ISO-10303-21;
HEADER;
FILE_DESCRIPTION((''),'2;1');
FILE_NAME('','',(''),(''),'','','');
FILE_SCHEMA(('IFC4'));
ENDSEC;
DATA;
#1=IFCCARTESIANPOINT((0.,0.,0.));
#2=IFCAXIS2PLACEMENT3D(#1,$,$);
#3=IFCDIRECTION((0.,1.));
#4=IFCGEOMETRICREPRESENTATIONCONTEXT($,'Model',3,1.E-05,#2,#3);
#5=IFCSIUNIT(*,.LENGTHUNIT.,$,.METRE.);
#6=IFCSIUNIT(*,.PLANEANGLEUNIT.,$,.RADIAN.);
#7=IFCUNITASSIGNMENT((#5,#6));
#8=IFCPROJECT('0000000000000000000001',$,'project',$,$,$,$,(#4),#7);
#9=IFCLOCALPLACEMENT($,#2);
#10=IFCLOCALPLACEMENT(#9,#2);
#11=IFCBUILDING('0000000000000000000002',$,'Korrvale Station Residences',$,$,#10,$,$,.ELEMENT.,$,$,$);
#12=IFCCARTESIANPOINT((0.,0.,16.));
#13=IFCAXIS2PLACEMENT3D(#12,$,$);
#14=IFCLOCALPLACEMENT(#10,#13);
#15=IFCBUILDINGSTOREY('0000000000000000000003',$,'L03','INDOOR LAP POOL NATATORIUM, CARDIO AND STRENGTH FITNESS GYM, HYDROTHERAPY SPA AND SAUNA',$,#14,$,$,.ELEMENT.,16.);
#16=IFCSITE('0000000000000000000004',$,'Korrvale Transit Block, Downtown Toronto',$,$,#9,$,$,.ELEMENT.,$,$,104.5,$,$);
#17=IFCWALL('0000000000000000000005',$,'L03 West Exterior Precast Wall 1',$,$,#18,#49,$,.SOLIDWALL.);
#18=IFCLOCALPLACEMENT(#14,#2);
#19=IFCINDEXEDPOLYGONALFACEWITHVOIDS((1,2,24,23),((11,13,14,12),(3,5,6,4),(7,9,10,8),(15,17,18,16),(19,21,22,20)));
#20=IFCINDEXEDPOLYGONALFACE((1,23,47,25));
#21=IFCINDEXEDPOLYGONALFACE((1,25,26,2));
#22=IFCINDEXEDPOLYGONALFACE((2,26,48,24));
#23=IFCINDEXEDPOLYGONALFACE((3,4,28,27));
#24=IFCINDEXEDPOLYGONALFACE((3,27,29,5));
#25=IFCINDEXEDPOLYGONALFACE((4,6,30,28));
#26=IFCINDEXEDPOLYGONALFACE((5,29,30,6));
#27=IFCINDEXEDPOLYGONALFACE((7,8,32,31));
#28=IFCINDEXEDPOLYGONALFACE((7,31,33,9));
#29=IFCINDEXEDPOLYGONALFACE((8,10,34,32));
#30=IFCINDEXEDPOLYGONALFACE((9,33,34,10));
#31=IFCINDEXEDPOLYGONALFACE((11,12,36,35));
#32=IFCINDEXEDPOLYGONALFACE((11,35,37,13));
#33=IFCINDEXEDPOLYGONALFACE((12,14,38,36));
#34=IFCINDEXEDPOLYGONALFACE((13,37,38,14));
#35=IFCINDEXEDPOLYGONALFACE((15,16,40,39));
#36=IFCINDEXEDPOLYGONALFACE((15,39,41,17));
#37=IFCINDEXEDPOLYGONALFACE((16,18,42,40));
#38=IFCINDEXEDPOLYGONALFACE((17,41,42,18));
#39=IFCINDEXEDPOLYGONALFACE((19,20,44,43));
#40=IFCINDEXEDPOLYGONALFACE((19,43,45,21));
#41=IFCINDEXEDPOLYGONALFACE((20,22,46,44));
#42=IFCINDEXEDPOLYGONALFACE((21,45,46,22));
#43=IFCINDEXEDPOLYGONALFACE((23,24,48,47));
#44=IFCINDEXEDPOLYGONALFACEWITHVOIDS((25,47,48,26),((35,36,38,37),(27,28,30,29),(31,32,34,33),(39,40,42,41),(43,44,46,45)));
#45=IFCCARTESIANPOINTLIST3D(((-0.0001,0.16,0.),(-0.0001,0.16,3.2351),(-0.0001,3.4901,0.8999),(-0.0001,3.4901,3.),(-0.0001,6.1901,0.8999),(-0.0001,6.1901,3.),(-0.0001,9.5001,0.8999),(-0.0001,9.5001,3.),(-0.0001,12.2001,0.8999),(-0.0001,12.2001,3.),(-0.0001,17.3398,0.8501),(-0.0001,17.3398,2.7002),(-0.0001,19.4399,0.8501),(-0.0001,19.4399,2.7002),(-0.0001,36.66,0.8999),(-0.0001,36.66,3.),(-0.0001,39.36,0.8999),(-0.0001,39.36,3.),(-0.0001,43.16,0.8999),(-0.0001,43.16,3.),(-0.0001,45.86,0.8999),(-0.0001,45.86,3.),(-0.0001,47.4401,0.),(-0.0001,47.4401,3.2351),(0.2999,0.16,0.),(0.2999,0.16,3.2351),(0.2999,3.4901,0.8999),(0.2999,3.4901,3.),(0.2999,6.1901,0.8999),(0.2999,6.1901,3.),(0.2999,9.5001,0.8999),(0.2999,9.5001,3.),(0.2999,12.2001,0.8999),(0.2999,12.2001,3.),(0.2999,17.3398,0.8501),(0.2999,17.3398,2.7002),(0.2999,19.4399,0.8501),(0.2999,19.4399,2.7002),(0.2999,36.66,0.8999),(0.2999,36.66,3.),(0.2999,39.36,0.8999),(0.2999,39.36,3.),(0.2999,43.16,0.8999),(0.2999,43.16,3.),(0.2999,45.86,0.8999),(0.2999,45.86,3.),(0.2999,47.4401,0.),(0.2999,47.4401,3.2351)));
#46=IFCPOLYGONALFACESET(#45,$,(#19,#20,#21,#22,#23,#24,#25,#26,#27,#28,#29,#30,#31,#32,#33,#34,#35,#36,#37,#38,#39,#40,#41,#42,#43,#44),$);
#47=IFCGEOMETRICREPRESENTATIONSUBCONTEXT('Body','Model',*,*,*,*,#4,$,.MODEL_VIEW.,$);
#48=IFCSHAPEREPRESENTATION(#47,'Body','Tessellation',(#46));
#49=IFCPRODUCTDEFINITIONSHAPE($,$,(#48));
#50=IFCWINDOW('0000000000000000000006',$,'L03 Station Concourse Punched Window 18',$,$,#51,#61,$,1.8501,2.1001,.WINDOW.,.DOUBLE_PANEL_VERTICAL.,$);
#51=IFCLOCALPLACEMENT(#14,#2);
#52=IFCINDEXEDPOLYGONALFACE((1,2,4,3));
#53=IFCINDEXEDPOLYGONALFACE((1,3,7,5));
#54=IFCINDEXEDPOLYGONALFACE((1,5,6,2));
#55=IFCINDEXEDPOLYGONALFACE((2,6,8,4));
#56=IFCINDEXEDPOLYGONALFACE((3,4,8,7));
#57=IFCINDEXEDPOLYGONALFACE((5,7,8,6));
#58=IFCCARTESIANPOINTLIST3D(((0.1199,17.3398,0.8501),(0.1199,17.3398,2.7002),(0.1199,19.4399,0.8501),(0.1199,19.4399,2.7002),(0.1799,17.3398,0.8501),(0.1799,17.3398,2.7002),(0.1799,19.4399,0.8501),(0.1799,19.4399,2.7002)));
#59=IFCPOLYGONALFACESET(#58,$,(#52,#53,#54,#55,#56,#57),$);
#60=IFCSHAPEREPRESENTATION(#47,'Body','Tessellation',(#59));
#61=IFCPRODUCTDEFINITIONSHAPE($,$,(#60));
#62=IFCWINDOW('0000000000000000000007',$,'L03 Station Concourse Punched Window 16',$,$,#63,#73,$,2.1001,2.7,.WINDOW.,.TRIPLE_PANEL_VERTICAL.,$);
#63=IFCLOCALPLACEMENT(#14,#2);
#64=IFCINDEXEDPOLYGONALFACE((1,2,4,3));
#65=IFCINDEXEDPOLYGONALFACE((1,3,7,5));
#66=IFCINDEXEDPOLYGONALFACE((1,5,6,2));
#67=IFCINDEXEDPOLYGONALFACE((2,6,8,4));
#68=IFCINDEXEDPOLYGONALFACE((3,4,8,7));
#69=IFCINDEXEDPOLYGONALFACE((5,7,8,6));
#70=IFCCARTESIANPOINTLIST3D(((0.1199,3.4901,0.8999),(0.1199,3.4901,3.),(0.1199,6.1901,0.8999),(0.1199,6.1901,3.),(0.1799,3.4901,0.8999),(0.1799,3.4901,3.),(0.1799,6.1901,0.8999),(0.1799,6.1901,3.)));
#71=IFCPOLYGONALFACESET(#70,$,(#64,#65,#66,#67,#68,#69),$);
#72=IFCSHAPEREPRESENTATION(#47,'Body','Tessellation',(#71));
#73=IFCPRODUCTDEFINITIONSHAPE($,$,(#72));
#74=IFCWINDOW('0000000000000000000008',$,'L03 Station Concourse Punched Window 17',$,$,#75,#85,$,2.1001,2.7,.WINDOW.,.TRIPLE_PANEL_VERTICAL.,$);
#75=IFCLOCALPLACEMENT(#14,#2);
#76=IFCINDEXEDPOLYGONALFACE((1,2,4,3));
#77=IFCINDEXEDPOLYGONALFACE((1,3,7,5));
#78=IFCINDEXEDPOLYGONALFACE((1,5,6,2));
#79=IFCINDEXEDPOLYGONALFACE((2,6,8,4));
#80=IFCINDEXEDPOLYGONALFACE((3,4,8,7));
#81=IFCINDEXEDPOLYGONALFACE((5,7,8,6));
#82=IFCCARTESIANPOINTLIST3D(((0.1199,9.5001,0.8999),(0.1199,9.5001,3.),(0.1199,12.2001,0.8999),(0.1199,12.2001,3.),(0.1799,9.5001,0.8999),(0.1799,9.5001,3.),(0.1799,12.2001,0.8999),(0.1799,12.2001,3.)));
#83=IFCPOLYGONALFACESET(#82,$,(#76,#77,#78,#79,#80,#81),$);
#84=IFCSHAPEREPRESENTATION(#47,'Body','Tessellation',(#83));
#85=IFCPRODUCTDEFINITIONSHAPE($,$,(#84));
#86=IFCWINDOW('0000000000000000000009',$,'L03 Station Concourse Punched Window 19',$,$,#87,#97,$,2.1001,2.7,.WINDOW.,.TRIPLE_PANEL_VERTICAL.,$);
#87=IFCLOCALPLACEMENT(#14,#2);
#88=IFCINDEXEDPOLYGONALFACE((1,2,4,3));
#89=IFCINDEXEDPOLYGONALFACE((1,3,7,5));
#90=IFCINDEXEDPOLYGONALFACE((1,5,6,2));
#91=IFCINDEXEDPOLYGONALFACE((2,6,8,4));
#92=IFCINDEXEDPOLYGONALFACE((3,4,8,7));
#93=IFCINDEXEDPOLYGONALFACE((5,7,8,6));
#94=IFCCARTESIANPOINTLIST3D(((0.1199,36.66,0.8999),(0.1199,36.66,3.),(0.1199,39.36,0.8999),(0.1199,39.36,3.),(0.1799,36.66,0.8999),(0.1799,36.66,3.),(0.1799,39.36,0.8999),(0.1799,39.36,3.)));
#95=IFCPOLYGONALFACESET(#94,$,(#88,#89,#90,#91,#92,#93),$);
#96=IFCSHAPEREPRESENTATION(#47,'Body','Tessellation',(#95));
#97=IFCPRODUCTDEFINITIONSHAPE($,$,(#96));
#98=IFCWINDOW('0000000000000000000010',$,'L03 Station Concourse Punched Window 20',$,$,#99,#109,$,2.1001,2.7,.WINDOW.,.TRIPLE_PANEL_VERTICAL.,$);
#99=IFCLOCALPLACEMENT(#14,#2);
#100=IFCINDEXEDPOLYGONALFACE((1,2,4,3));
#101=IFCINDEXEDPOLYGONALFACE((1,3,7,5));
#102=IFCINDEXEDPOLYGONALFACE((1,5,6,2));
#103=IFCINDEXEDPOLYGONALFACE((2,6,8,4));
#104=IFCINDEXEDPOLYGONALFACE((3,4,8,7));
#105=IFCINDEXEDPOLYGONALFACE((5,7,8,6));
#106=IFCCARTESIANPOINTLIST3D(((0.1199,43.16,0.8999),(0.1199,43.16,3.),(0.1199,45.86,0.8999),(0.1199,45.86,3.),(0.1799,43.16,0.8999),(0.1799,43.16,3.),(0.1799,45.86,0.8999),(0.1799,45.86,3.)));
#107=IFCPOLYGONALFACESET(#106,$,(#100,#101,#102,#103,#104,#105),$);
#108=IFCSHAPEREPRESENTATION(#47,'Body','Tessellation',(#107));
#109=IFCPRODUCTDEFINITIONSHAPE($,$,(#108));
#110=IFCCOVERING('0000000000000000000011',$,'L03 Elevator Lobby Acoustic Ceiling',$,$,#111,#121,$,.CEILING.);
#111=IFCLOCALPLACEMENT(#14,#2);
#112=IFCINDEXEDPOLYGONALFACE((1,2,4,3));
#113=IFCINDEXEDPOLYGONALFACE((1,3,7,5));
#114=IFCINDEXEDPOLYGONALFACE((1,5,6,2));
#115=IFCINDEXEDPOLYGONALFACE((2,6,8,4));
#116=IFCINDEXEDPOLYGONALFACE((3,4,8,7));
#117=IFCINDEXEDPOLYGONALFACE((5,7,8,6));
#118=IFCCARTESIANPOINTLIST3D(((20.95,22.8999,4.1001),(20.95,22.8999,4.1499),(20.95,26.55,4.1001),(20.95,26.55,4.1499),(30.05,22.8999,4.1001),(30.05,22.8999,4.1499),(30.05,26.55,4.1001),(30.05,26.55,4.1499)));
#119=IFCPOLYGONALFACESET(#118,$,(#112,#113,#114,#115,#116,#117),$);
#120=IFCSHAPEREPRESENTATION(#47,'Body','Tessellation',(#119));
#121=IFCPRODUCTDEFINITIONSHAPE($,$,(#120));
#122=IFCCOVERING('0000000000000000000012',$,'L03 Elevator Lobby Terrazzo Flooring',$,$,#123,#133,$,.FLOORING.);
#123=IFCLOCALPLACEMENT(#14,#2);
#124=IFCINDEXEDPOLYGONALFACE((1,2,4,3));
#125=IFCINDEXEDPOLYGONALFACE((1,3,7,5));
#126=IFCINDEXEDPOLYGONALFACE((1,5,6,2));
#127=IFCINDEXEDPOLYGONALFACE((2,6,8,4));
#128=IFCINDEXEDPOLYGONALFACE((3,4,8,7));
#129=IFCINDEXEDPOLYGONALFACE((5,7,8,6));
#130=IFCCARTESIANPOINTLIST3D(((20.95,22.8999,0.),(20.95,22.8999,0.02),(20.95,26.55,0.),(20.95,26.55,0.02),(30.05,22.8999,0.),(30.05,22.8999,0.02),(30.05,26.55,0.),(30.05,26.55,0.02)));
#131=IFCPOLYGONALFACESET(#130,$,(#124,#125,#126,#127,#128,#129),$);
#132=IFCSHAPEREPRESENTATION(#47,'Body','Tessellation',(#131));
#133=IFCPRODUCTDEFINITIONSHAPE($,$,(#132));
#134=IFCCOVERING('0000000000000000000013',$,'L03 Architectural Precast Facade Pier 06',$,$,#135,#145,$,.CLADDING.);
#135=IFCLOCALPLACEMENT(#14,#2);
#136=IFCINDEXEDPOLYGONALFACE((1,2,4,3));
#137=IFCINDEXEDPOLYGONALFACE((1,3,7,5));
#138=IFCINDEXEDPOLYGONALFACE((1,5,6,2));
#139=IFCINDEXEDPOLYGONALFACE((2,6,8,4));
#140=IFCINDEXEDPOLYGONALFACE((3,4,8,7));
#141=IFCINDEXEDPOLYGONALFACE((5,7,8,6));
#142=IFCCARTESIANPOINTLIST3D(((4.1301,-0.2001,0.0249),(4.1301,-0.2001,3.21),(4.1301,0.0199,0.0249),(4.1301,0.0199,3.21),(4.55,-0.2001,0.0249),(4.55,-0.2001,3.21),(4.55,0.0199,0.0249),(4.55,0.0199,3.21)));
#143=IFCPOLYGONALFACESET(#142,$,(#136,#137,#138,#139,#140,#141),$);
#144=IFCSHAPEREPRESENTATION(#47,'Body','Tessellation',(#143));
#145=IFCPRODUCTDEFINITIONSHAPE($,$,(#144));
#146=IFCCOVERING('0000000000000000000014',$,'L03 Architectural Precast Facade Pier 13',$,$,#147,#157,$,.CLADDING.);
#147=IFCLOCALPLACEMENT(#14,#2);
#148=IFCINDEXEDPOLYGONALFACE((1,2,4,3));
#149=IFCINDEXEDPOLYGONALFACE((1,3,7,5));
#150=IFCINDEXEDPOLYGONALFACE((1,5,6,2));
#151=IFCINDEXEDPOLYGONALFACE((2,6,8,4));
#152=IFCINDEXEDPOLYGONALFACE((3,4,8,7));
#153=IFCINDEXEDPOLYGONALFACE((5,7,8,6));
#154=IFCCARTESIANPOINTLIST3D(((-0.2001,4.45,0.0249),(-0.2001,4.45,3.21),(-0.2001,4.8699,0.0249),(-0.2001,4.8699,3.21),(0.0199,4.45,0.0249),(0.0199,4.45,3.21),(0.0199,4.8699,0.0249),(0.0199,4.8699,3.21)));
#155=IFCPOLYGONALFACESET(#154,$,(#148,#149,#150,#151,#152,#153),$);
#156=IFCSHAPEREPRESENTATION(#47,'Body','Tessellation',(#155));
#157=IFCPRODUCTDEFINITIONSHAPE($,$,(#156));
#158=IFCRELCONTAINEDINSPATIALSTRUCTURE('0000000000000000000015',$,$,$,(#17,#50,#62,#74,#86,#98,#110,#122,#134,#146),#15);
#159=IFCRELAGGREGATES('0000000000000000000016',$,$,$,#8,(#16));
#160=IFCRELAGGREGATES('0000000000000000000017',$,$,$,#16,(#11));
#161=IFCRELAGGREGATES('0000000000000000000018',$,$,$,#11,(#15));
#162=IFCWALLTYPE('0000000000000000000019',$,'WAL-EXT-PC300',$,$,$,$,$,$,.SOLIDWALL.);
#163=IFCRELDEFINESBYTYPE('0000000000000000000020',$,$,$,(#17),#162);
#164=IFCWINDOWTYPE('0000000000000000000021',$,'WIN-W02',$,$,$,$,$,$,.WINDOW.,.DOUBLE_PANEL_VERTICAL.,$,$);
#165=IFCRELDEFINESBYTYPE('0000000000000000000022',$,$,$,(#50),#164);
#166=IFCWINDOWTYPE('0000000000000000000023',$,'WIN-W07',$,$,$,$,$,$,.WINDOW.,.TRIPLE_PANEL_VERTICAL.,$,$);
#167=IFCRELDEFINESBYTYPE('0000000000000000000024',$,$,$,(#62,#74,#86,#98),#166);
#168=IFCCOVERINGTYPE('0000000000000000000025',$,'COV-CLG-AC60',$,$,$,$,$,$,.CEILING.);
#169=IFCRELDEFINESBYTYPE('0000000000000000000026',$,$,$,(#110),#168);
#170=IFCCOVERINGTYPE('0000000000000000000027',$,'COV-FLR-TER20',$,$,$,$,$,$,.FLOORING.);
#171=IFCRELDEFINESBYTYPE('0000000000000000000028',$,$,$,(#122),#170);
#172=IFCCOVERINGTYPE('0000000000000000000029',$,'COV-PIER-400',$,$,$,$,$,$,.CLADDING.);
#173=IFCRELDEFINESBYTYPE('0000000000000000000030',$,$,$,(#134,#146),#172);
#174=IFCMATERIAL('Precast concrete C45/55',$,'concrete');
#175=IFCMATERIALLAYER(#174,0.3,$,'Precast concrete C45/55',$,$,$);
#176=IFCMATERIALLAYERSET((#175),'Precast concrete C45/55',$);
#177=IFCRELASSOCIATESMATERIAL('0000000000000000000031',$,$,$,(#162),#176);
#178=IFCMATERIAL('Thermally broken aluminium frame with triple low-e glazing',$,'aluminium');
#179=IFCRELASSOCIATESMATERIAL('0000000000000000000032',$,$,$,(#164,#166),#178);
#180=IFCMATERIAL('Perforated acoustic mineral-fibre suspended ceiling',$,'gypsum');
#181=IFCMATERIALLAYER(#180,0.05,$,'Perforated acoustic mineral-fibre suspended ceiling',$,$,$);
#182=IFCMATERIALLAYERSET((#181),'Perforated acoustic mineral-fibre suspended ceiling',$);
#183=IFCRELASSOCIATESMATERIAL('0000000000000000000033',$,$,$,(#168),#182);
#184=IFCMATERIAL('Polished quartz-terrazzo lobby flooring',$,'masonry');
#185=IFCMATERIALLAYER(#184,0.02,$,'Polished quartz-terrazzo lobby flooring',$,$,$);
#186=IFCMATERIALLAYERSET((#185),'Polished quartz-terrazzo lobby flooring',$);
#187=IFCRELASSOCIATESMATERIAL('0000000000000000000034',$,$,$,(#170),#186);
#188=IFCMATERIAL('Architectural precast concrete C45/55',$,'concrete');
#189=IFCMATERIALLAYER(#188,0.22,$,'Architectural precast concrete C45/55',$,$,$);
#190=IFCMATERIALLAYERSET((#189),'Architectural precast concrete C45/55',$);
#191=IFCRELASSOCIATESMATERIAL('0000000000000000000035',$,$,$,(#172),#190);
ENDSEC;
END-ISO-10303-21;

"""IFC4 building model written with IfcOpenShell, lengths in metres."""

from ifc_helpers import new_model, si_unit, direction, frame, frame_2d, origin, origin_2d, place, context, subcontext, project, spatial, polyline, rectangle, outline, extrude, material, layer, layer_set, type_object, element, fill, save


model = new_model("IFC4")

# Units and contexts
model_context = context("Model", 3, precision=1e-05, world=origin(), true_north=direction((0.0, 1.0)))
body_context = subcontext(model_context, "Body", "Model", "MODEL_VIEW")
ifc_project = project(units=[si_unit("LENGTHUNIT", "METRE"), si_unit("PLANEANGLEUNIT", "RADIAN")], contexts=[model_context])

# Site, building, storey
site_placement = place(None, origin())
site = spatial("IfcSite", under=ifc_project, at=site_placement, Name="Korrvale Transit Block, Downtown Toronto", CompositionType="ELEMENT", RefElevation=104.5)
building_placement = place(site_placement, origin())
building = spatial("IfcBuilding", under=site, at=building_placement, Name="Korrvale Station Residences", CompositionType="ELEMENT")
storey_placement = place(building_placement, frame((0.0, 0.0, 16.0)))
storey = spatial("IfcBuildingStorey", under=building, at=storey_placement, Name="L03", Description="INDOOR LAP POOL NATATORIUM, CARDIO AND STRENGTH FITNESS GYM, HYDROTHERAPY SPA AND SAUNA", CompositionType="ELEMENT", Elevation=16.0)

# Wall, openings, windows
ifc_material_1 = material(Name="Precast concrete C45/55", Category="concrete")
ifc_layer_1 = layer(ifc_material_1, 0.3, Name="Precast concrete C45/55")
ifc_layer_set_1 = layer_set([ifc_layer_1], Name="Precast concrete C45/55")
wall_type_1 = type_object("IfcWallType", Name="WAL-EXT-PC300", PredefinedType="SOLIDWALL", material=ifc_layer_set_1)
wall_1_placement = place(storey_placement, frame((0.1499, 0.1599, 0.0), z_axis=(0.0, 0.0, 1.0), x_axis=(0.0, 1.0, 0.0)))
wall_1 = element("IfcWall", 1, at=wall_1_placement, inside=storey, type_object=wall_type_1, Name="L03 West Exterior Precast Wall 1", PredefinedType="SOLIDWALL", context=body_context, shape_type="SweptSolid", body=[
    extrude(rectangle(XDim=47.28, YDim=0.3, at=frame_2d((23.6401, 0.0))), origin(), (0.0, 0.0, 1.0), 3.2351),
])
opening_1_placement = place(wall_1_placement, frame((3.3301, 0.0, 0.8999)))
opening_1 = element("IfcOpeningElement", 2, at=opening_1_placement, cuts=wall_1, PredefinedType="OPENING", context=body_context, shape_type="SweptSolid", body=[
    extrude(rectangle(XDim=2.7, YDim=2.1001, at=frame_2d((1.3501, 1.05))), frame((0.0, 0.1602, 0.0), z_axis=(0.0, -1.0, 0.0), x_axis=(1.0, 0.0, 0.0)), (0.0, 0.0, 1.0), 0.3201),
])
opening_2_placement = place(wall_1_placement, frame((9.3401, 0.0, 0.8999)))
opening_2 = element("IfcOpeningElement", 3, at=opening_2_placement, cuts=wall_1, PredefinedType="OPENING", context=body_context, shape_type="SweptSolid", body=[
    extrude(rectangle(XDim=2.7, YDim=2.1001, at=frame_2d((1.3501, 1.05))), frame((0.0, 0.1602, 0.0), z_axis=(0.0, -1.0, 0.0), x_axis=(1.0, 0.0, 0.0)), (0.0, 0.0, 1.0), 0.3201),
])
opening_3_placement = place(wall_1_placement, frame((17.1799, 0.0, 0.8501)))
opening_3 = element("IfcOpeningElement", 4, at=opening_3_placement, cuts=wall_1, PredefinedType="OPENING", context=body_context, shape_type="SweptSolid", body=[
    extrude(rectangle(XDim=2.1001, YDim=1.8501, at=frame_2d((1.05, 0.925))), frame((0.0, 0.1602, 0.0), z_axis=(0.0, -1.0, 0.0), x_axis=(1.0, 0.0, 0.0)), (0.0, 0.0, 1.0), 0.3201),
])
opening_4_placement = place(wall_1_placement, frame((36.5, 0.0, 0.8999)))
opening_4 = element("IfcOpeningElement", 5, at=opening_4_placement, cuts=wall_1, PredefinedType="OPENING", context=body_context, shape_type="SweptSolid", body=[
    extrude(rectangle(XDim=2.7, YDim=2.1001, at=frame_2d((1.3501, 1.05))), frame((0.0, 0.1602, 0.0), z_axis=(0.0, -1.0, 0.0), x_axis=(1.0, 0.0, 0.0)), (0.0, 0.0, 1.0), 0.3201),
])
opening_5_placement = place(wall_1_placement, frame((43.0, 0.0, 0.8999)))
opening_5 = element("IfcOpeningElement", 6, at=opening_5_placement, cuts=wall_1, PredefinedType="OPENING", context=body_context, shape_type="SweptSolid", body=[
    extrude(rectangle(XDim=2.7, YDim=2.1001, at=frame_2d((1.3501, 1.05))), frame((0.0, 0.1602, 0.0), z_axis=(0.0, -1.0, 0.0), x_axis=(1.0, 0.0, 0.0)), (0.0, 0.0, 1.0), 0.3201),
])
ifc_material_2 = material(Name="Thermally broken aluminium frame with triple low-e glazing", Category="aluminium")
window_type_1 = type_object("IfcWindowType", Name="WIN-W02", PartitioningType="DOUBLE_PANEL_VERTICAL", PredefinedType="WINDOW", material=ifc_material_2)
window_1_placement = place(opening_3_placement, origin())
window_1 = element("IfcWindow", 7, at=window_1_placement, inside=storey, type_object=window_type_1, Name="L03 Station Concourse Punched Window 18", OverallHeight=1.8501, OverallWidth=2.1001, PartitioningType="DOUBLE_PANEL_VERTICAL", PredefinedType="WINDOW", context=body_context, shape_type="SweptSolid", body=[
    extrude(rectangle(XDim=2.1001, YDim=1.8501, at=frame_2d((1.05, 0.925))), frame((0.0, 0.03, 0.0), z_axis=(0.0, -1.0, 0.0), x_axis=(1.0, 0.0, 0.0)), (0.0, 0.0, 1.0), 0.0601),
])
fill(opening_3, window_1)
window_type_2 = type_object("IfcWindowType", Name="WIN-W07", PartitioningType="TRIPLE_PANEL_VERTICAL", PredefinedType="WINDOW", material=ifc_material_2)
window_2_placement = place(opening_1_placement, origin())
window_2 = element("IfcWindow", 8, at=window_2_placement, inside=storey, type_object=window_type_2, Name="L03 Station Concourse Punched Window 16", OverallHeight=2.1001, OverallWidth=2.7, PartitioningType="TRIPLE_PANEL_VERTICAL", PredefinedType="WINDOW", context=body_context, shape_type="SweptSolid", body=[
    extrude(rectangle(XDim=2.7, YDim=2.1001, at=frame_2d((1.3501, 1.05))), frame((0.0, 0.03, 0.0), z_axis=(0.0, -1.0, 0.0), x_axis=(1.0, 0.0, 0.0)), (0.0, 0.0, 1.0), 0.0601),
])
fill(opening_1, window_2)
window_3_placement = place(opening_2_placement, origin())
window_3 = element("IfcWindow", 9, at=window_3_placement, inside=storey, type_object=window_type_2, Name="L03 Station Concourse Punched Window 17", OverallHeight=2.1001, OverallWidth=2.7, PartitioningType="TRIPLE_PANEL_VERTICAL", PredefinedType="WINDOW", context=body_context, shape_type="SweptSolid", body=[
    extrude(rectangle(XDim=2.7, YDim=2.1001, at=frame_2d((1.3501, 1.05))), frame((0.0, 0.03, 0.0), z_axis=(0.0, -1.0, 0.0), x_axis=(1.0, 0.0, 0.0)), (0.0, 0.0, 1.0), 0.0601),
])
fill(opening_2, window_3)
window_4_placement = place(opening_4_placement, origin())
window_4 = element("IfcWindow", 10, at=window_4_placement, inside=storey, type_object=window_type_2, Name="L03 Station Concourse Punched Window 19", OverallHeight=2.1001, OverallWidth=2.7, PartitioningType="TRIPLE_PANEL_VERTICAL", PredefinedType="WINDOW", context=body_context, shape_type="SweptSolid", body=[
    extrude(rectangle(XDim=2.7, YDim=2.1001, at=frame_2d((1.3501, 1.05))), frame((0.0, 0.03, 0.0), z_axis=(0.0, -1.0, 0.0), x_axis=(1.0, 0.0, 0.0)), (0.0, 0.0, 1.0), 0.0601),
])
fill(opening_4, window_4)
window_5_placement = place(opening_5_placement, origin())
window_5 = element("IfcWindow", 11, at=window_5_placement, inside=storey, type_object=window_type_2, Name="L03 Station Concourse Punched Window 20", OverallHeight=2.1001, OverallWidth=2.7, PartitioningType="TRIPLE_PANEL_VERTICAL", PredefinedType="WINDOW", context=body_context, shape_type="SweptSolid", body=[
    extrude(rectangle(XDim=2.7, YDim=2.1001, at=frame_2d((1.3501, 1.05))), frame((0.0, 0.03, 0.0), z_axis=(0.0, -1.0, 0.0), x_axis=(1.0, 0.0, 0.0)), (0.0, 0.0, 1.0), 0.0601),
])
fill(opening_5, window_5)

# Coverings
ifc_material_3 = material(Name="Perforated acoustic mineral-fibre suspended ceiling", Category="gypsum")
ifc_layer_2 = layer(ifc_material_3, 0.05, Name="Perforated acoustic mineral-fibre suspended ceiling")
ifc_layer_set_2 = layer_set([ifc_layer_2], Name="Perforated acoustic mineral-fibre suspended ceiling")
covering_type_1 = type_object("IfcCoveringType", Name="COV-CLG-AC60", PredefinedType="CEILING", material=ifc_layer_set_2)
covering_1_placement = place(storey_placement, frame((0.0, 0.0, 4.1001)))
element("IfcCovering", 12, at=covering_1_placement, inside=storey, type_object=covering_type_1, Name="L03 Elevator Lobby Acoustic Ceiling", PredefinedType="CEILING", context=body_context, shape_type="SweptSolid", body=[
    extrude(outline(polyline([(20.95, 22.8999), (30.05, 22.8999), (30.05, 26.55), (20.95, 26.55), (20.95, 22.8999)])), origin(), (0.0, 0.0, 1.0), 0.0498),
])
ifc_material_4 = material(Name="Polished quartz-terrazzo lobby flooring", Category="masonry")
ifc_layer_3 = layer(ifc_material_4, 0.02, Name="Polished quartz-terrazzo lobby flooring")
ifc_layer_set_3 = layer_set([ifc_layer_3], Name="Polished quartz-terrazzo lobby flooring")
covering_type_2 = type_object("IfcCoveringType", Name="COV-FLR-TER20", PredefinedType="FLOORING", material=ifc_layer_set_3)
covering_2_placement = place(storey_placement, origin())
element("IfcCovering", 13, at=covering_2_placement, inside=storey, type_object=covering_type_2, Name="L03 Elevator Lobby Terrazzo Flooring", PredefinedType="FLOORING", context=body_context, shape_type="SweptSolid", body=[
    extrude(outline(polyline([(20.95, 22.8999), (30.05, 22.8999), (30.05, 26.55), (20.95, 26.55), (20.95, 22.8999)])), origin(), (0.0, 0.0, 1.0), 0.02),
])
ifc_material_5 = material(Name="Architectural precast concrete C45/55", Category="concrete")
ifc_layer_4 = layer(ifc_material_5, 0.22, Name="Architectural precast concrete C45/55")
ifc_layer_set_4 = layer_set([ifc_layer_4], Name="Architectural precast concrete C45/55")
covering_type_3 = type_object("IfcCoveringType", Name="COV-PIER-400", PredefinedType="CLADDING", material=ifc_layer_set_4)
for number, where, z_axis, x_axis, name in (
    (14, (4.3401, -0.0901, 0.0249), (0.0, 0.0, 1.0), (1.0, 0.0, 0.0), "L03 Architectural Precast Facade Pier 06"),
    (15, (-0.0901, 4.6599, 0.0249), (0.0, 0.0, 1.0), (0.0, 1.0, 0.0), "L03 Architectural Precast Facade Pier 13"),
):
    element("IfcCovering", number, at=place(storey_placement, frame(where, z_axis=z_axis, x_axis=x_axis)), inside=storey, type_object=covering_type_3, Name=name, PredefinedType="CLADDING", context=body_context, shape_type="SweptSolid", body=[
        extrude(rectangle(XDim=0.4199, YDim=0.22, at=origin_2d()), origin(), (0.0, 0.0, 1.0), 3.1851),
    ])

save(model, "model.ifc")
